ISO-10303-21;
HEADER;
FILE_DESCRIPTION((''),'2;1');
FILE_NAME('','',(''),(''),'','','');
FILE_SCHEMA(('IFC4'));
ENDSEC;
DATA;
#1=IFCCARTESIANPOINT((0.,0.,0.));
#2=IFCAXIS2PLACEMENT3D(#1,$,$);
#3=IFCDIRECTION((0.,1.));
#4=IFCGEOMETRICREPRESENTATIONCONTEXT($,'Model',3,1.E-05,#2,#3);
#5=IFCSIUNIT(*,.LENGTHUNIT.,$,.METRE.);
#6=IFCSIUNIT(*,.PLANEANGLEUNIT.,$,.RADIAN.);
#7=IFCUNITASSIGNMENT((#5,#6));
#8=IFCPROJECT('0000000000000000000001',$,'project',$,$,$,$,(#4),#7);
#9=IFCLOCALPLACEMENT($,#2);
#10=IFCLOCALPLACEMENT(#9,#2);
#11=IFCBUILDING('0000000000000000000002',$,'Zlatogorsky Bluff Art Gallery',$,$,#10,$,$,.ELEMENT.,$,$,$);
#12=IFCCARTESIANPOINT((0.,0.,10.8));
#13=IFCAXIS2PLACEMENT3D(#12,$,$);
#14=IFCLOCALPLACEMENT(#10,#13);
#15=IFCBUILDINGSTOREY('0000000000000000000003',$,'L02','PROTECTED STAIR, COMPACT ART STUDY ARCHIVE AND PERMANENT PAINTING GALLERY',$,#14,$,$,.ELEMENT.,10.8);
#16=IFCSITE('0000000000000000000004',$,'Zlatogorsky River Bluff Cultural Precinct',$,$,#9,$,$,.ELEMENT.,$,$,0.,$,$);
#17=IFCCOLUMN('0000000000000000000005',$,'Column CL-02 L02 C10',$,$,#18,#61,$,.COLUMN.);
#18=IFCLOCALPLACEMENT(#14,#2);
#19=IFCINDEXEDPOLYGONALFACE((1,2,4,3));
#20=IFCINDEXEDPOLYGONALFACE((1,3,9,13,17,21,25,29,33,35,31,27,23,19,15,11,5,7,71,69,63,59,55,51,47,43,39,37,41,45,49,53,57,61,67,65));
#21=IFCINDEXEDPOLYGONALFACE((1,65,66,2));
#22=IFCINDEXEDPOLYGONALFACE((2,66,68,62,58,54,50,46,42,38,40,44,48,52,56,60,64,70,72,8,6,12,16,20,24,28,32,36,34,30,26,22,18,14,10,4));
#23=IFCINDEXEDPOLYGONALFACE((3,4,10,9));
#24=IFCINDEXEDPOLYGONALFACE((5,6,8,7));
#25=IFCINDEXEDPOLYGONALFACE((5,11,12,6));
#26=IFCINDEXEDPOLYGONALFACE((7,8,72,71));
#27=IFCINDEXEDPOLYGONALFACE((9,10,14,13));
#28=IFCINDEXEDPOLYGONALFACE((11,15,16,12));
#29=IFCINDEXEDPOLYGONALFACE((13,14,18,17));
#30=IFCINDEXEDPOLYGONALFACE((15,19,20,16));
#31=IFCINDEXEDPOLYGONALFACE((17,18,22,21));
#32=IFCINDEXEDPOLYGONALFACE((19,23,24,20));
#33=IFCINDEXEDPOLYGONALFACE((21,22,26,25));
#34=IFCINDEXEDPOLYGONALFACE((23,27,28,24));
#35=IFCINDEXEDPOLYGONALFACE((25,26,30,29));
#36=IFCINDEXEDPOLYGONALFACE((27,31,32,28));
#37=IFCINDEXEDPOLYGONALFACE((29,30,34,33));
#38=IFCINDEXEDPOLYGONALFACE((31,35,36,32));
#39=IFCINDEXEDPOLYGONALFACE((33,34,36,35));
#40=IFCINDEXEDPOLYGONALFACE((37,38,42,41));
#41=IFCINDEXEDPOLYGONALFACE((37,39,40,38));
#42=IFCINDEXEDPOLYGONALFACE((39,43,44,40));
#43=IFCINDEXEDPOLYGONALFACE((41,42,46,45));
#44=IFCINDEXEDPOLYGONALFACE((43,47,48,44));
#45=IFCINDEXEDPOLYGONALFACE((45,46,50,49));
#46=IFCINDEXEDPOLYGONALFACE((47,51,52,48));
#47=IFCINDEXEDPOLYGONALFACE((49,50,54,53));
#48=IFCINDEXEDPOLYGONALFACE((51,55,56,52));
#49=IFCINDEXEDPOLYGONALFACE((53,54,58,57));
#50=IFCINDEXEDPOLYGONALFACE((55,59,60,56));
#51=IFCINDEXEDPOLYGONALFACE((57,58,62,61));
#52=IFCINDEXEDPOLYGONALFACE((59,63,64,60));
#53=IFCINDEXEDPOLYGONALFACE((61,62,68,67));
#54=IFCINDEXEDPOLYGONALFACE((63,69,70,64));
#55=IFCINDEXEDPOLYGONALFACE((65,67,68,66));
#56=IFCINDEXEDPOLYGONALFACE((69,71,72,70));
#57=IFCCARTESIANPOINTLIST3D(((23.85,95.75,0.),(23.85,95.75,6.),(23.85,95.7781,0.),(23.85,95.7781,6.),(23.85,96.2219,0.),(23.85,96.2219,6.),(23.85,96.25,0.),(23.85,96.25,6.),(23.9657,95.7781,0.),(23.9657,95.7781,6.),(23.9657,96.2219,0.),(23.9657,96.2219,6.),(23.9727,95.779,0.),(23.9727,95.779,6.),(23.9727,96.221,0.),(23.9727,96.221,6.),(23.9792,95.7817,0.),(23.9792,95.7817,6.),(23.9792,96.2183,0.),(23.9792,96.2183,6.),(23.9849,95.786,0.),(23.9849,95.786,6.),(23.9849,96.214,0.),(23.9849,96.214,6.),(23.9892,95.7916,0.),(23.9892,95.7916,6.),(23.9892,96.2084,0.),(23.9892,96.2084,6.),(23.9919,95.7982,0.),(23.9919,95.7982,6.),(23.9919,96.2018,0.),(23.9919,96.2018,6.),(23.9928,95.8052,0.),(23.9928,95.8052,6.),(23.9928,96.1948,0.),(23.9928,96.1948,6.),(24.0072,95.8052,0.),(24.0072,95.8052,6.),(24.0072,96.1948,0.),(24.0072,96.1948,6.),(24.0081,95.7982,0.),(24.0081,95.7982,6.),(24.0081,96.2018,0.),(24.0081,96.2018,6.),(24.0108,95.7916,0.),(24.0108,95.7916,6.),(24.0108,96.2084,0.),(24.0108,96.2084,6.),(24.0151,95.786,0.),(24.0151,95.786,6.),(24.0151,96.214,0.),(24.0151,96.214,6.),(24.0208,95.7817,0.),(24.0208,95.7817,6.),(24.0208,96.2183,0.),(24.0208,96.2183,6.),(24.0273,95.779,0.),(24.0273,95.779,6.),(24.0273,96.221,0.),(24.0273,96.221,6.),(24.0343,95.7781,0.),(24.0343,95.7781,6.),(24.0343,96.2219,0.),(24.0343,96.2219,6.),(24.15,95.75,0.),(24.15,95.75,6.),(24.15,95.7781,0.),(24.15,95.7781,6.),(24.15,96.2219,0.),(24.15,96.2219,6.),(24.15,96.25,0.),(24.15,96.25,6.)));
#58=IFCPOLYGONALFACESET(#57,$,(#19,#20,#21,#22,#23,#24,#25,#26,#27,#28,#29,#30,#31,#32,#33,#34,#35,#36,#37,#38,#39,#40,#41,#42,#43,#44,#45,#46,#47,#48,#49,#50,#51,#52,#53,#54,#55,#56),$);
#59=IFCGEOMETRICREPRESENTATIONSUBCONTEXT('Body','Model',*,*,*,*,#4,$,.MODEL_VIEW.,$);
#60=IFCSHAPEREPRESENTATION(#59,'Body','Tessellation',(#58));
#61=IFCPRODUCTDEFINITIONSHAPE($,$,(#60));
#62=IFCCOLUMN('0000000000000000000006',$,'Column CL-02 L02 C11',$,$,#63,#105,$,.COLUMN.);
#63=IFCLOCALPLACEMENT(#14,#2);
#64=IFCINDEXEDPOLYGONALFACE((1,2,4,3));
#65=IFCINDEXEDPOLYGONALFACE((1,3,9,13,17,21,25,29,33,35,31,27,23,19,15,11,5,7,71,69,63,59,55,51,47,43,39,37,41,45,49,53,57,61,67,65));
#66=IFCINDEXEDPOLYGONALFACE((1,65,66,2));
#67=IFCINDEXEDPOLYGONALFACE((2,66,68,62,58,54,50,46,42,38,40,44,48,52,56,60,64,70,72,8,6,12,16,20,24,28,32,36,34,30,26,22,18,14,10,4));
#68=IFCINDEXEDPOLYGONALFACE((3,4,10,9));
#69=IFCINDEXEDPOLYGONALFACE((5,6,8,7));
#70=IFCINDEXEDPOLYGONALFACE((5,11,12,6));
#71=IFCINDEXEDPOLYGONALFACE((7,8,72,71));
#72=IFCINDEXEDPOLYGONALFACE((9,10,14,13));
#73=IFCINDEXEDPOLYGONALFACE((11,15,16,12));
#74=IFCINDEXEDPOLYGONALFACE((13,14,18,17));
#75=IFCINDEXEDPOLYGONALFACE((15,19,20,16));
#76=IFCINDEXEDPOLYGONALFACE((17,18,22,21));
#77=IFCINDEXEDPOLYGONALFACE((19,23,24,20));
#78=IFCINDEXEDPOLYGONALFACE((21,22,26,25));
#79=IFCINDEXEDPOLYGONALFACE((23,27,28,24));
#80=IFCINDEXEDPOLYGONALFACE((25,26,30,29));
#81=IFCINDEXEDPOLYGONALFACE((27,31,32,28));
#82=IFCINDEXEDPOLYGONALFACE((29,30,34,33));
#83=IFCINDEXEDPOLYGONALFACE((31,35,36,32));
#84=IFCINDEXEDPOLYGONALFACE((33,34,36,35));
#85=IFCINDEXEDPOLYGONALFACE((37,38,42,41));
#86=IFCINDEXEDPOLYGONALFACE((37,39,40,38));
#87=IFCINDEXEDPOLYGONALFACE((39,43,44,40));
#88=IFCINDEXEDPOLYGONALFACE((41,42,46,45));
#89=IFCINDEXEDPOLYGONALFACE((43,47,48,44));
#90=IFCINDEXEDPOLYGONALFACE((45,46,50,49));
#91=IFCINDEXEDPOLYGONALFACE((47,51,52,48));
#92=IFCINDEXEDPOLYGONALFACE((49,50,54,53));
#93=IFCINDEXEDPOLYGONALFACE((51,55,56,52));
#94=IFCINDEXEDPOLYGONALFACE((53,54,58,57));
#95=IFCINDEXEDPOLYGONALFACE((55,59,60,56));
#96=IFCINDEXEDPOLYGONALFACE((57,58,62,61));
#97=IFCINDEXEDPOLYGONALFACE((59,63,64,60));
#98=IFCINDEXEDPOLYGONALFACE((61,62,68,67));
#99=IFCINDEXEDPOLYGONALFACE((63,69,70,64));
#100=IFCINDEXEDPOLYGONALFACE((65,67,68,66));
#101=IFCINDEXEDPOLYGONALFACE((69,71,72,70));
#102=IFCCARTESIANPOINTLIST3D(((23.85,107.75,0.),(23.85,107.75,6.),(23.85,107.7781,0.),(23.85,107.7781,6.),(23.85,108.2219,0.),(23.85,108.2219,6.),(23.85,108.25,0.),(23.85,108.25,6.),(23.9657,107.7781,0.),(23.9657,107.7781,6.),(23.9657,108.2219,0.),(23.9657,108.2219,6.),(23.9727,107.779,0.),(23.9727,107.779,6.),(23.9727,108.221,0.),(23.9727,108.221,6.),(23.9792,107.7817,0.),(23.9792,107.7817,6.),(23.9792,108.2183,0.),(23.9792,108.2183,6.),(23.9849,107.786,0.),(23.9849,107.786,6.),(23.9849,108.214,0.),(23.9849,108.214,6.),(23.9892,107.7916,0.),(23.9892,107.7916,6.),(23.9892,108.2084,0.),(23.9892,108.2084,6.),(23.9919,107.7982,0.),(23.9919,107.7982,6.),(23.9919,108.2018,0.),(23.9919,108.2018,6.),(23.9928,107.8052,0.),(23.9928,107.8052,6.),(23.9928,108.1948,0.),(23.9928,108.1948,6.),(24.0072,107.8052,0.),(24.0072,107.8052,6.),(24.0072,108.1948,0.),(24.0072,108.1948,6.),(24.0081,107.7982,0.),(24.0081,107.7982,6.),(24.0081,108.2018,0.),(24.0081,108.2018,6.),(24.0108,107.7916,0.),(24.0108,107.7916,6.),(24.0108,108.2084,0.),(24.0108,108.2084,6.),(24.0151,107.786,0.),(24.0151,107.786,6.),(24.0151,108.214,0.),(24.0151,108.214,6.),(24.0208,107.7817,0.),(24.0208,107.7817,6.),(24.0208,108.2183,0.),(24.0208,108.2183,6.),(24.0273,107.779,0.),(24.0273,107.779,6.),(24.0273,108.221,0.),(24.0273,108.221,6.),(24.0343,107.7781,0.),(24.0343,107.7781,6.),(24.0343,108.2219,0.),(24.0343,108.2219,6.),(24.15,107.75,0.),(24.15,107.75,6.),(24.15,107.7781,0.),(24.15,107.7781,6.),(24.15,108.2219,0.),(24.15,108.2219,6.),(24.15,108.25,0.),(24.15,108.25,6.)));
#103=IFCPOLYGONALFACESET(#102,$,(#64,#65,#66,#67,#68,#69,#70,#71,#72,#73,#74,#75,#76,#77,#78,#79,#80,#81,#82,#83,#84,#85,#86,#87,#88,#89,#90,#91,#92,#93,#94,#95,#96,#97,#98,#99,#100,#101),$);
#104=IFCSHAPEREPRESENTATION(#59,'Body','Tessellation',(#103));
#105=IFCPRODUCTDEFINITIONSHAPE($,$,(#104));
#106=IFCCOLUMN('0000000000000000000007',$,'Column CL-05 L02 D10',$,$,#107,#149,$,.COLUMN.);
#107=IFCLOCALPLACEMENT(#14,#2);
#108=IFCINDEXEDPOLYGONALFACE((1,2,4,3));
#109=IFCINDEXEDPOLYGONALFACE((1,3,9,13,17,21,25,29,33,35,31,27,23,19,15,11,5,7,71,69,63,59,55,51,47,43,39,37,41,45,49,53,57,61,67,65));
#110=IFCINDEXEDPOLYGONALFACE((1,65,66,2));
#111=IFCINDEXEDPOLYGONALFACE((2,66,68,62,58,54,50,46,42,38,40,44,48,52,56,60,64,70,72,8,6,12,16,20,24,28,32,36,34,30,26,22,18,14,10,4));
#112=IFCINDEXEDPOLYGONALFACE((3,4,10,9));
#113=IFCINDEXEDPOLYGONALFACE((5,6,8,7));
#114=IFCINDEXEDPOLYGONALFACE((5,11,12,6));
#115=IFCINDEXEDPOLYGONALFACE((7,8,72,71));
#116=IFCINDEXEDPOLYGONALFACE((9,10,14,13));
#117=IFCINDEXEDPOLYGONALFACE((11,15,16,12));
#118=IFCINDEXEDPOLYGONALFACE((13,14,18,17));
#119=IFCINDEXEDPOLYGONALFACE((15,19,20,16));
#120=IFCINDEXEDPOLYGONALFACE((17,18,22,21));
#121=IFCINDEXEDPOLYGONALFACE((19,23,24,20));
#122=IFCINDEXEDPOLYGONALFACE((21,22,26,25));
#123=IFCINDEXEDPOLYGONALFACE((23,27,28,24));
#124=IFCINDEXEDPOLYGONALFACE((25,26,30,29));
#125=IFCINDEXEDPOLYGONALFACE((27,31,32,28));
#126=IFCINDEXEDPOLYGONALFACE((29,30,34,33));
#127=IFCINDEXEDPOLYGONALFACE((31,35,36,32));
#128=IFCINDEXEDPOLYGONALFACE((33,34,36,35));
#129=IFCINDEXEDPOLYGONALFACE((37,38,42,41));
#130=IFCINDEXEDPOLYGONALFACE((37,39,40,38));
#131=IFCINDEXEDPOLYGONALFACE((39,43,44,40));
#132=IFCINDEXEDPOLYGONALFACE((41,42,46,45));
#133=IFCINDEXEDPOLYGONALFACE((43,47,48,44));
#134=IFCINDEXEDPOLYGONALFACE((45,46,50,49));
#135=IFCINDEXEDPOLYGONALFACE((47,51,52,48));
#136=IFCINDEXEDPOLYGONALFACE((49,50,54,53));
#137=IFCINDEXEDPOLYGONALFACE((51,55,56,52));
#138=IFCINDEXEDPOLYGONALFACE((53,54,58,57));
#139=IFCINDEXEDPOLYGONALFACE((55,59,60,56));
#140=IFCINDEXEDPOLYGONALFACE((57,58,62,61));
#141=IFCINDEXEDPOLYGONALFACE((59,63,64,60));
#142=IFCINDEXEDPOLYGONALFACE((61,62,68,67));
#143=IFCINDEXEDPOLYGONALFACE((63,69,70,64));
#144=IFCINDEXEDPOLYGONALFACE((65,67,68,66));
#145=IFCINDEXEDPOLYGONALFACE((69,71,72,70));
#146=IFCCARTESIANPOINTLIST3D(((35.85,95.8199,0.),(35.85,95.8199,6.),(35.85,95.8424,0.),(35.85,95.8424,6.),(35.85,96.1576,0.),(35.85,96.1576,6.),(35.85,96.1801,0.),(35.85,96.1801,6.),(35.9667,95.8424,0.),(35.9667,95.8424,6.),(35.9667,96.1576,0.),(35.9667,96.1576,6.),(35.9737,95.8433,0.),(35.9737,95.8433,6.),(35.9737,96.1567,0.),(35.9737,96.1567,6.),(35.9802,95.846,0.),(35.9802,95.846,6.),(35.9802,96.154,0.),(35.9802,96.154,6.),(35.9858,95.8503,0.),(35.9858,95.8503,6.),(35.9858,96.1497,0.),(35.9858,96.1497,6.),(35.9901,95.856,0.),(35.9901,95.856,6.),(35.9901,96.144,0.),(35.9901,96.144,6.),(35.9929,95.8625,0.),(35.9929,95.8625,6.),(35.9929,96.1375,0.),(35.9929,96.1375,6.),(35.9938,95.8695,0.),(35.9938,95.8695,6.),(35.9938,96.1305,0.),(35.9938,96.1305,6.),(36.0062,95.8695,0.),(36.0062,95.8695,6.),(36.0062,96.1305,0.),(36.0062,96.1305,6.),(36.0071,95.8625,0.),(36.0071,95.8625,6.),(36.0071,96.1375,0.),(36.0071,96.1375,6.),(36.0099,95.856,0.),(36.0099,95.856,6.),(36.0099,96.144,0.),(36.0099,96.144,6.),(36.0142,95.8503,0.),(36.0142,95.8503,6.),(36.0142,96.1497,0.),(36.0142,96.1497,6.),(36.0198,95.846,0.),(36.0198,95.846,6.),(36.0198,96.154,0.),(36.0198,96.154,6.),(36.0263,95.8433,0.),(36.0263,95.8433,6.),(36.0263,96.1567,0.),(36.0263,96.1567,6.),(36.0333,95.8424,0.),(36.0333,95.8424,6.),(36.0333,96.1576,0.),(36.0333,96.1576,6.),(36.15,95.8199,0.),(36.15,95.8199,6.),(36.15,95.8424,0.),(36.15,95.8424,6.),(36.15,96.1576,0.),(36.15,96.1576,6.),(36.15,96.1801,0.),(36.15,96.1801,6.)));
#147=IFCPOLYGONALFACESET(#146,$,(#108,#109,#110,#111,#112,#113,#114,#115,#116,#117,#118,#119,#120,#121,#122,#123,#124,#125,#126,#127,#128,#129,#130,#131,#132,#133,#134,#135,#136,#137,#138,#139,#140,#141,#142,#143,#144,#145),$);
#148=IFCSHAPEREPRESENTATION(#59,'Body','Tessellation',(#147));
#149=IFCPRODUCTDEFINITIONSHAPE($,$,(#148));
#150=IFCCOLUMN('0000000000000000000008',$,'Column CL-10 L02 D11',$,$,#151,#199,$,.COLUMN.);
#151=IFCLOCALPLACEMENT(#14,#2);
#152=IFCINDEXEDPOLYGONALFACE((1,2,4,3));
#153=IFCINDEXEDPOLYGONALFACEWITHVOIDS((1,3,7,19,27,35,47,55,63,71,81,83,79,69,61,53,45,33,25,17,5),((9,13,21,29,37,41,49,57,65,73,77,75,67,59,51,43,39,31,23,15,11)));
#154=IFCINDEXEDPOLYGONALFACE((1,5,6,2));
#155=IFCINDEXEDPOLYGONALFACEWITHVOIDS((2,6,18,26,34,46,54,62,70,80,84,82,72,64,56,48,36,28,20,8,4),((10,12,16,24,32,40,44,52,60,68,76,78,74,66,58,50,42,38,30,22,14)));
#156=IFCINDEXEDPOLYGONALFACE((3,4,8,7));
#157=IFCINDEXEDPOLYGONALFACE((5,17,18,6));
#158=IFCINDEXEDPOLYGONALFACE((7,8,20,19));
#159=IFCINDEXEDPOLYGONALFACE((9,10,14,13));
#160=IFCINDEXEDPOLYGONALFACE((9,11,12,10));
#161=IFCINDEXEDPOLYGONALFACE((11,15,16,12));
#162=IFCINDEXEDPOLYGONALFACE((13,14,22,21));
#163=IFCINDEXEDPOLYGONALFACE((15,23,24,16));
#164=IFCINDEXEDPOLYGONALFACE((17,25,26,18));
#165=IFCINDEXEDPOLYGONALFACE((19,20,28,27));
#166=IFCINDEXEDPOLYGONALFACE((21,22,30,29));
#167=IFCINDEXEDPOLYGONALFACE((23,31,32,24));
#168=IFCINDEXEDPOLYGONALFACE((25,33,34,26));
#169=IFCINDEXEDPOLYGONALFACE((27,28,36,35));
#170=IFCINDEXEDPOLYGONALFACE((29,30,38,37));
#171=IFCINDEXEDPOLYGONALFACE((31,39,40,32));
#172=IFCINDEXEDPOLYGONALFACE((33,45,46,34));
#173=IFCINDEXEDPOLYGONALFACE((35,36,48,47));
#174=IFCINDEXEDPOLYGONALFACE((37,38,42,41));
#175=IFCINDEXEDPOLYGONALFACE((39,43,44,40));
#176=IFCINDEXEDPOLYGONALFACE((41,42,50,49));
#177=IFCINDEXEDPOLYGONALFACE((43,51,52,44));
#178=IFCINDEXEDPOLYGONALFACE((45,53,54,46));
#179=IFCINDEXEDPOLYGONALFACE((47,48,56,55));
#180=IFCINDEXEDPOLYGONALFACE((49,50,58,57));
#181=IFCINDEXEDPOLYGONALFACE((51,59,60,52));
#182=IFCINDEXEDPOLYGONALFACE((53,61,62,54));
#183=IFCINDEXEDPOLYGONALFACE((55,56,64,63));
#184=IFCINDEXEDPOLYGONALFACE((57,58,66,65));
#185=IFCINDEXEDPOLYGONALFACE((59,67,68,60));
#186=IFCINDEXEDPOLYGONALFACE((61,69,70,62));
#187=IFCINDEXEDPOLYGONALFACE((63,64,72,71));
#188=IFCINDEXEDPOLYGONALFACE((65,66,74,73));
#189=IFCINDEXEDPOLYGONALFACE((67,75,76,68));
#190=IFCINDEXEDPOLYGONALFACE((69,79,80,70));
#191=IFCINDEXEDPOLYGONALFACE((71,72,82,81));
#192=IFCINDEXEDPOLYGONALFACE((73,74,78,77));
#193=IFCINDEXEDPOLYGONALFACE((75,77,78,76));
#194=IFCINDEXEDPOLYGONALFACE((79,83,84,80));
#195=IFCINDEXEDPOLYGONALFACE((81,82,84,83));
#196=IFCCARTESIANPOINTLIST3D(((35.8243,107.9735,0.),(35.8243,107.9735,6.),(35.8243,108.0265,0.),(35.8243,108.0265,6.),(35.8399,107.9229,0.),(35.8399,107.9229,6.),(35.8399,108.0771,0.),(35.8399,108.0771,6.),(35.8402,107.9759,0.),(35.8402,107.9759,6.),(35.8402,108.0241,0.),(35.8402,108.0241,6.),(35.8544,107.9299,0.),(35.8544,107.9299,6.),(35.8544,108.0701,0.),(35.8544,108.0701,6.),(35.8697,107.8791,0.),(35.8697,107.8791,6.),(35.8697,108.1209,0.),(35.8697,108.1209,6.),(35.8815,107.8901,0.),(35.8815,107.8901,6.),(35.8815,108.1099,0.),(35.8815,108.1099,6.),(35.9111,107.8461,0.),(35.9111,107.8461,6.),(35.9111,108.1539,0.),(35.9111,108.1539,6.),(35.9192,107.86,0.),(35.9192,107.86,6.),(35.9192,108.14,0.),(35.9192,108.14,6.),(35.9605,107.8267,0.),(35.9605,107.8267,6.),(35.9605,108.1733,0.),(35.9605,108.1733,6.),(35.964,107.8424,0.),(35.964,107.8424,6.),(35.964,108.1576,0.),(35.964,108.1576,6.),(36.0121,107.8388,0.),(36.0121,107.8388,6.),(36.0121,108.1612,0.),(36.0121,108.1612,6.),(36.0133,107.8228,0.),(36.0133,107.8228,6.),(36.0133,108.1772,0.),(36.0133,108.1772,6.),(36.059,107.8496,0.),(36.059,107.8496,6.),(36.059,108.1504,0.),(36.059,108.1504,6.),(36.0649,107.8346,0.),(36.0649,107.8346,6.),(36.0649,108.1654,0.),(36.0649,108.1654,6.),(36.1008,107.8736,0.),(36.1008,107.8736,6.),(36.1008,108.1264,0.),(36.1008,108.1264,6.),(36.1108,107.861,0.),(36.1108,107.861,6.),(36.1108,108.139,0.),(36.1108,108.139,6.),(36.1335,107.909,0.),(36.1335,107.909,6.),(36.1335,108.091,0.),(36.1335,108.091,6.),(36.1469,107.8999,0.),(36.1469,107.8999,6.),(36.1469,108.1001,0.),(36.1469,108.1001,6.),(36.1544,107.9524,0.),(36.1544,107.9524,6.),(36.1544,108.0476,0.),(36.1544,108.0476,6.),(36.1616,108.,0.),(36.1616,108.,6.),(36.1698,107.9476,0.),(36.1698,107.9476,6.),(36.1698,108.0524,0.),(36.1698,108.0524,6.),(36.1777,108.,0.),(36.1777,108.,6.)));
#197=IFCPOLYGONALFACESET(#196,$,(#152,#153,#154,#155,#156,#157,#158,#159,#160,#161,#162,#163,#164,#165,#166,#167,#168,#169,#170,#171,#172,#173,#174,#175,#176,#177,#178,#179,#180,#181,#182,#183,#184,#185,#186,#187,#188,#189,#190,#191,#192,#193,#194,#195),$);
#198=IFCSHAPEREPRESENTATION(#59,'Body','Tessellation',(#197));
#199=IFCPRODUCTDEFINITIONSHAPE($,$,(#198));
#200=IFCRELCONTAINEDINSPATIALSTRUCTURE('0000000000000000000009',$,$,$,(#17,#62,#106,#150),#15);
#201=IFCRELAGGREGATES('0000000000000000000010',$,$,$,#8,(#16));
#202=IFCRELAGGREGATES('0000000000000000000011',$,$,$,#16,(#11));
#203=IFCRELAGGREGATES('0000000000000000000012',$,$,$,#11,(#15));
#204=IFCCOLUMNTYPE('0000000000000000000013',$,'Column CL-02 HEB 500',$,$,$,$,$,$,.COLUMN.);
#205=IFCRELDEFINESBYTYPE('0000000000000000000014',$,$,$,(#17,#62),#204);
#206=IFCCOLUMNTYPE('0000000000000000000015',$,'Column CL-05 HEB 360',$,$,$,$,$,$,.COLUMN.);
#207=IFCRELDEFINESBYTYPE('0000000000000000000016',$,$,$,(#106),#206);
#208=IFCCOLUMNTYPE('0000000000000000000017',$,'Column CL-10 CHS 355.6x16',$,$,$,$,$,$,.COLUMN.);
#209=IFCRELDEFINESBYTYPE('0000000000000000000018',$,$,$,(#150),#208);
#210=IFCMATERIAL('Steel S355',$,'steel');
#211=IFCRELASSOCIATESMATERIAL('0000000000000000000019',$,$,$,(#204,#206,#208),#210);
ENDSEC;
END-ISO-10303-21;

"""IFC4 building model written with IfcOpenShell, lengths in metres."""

from ifc_helpers import new_model, si_unit, direction, frame, origin, origin_2d, place, context, subcontext, project, spatial, hollow_circle, i_section, extrude, material, material_profile, profile_set, type_object, element, save


model = new_model("IFC4")

# Units and contexts
model_context = context("Model", 3, precision=1e-05, world=origin(), true_north=direction((0.0, 1.0)))
body_context = subcontext(model_context, "Body", "Model", "MODEL_VIEW")
ifc_project = project(units=[si_unit("LENGTHUNIT", "METRE"), si_unit("PLANEANGLEUNIT", "RADIAN")], contexts=[model_context])

# Site, building, storey
site_placement = place(None, origin())
site = spatial("IfcSite", under=ifc_project, at=site_placement, Name="Zlatogorsky River Bluff Cultural Precinct", CompositionType="ELEMENT", RefElevation=0.0)
building_placement = place(site_placement, origin())
building = spatial("IfcBuilding", under=site, at=building_placement, Name="Zlatogorsky Bluff Art Gallery", CompositionType="ELEMENT")
storey_placement = place(building_placement, frame((0.0, 0.0, 10.8)))
storey = spatial("IfcBuildingStorey", under=building, at=storey_placement, Name="L02", Description="PROTECTED STAIR, COMPACT ART STUDY ARCHIVE AND PERMANENT PAINTING GALLERY", CompositionType="ELEMENT", Elevation=10.8)

# Columns
ifc_material_1 = material(Name="Steel S355", Category="steel")
ifc_material_profile_1 = material_profile(ifc_material_1, i_section(OverallWidth=0.3, OverallDepth=0.5, WebThickness=0.0144, FlangeThickness=0.0281, FilletRadius=0.0271, at=origin_2d()), Name="HEB 500")
ifc_profile_set_1 = profile_set([ifc_material_profile_1], Name="Steel S355")
column_type_1 = type_object("IfcColumnType", Name="Column CL-02 HEB 500", PredefinedType="COLUMN", material=ifc_profile_set_1)
for number, where, z_axis, x_axis, name in (
    (1, (24.0, 96.0, 0.0), (0.0, 0.0, 1.0), (1.0, 0.0, 0.0), "Column CL-02 L02 C10"),
    (2, (24.0, 108.0, 0.0), (0.0, 0.0, 1.0), (1.0, 0.0, 0.0), "Column CL-02 L02 C11"),
):
    element("IfcColumn", number, at=place(storey_placement, frame(where, z_axis=z_axis, x_axis=x_axis)), inside=storey, type_object=column_type_1, Name=name, PredefinedType="COLUMN", context=body_context, shape_type="SweptSolid", body=[
        extrude(i_section(OverallWidth=0.3, OverallDepth=0.5, WebThickness=0.0144, FlangeThickness=0.0281, FilletRadius=0.0271, at=origin_2d()), origin(), (0.0, 0.0, 1.0), 6.0),
    ])
ifc_material_profile_2 = material_profile(ifc_material_1, i_section(OverallWidth=0.3, OverallDepth=0.3601, WebThickness=0.0125, FlangeThickness=0.0225, FilletRadius=0.0271, at=origin_2d()), Name="HEB 360")
ifc_profile_set_2 = profile_set([ifc_material_profile_2], Name="Steel S355")
column_type_2 = type_object("IfcColumnType", Name="Column CL-05 HEB 360", PredefinedType="COLUMN", material=ifc_profile_set_2)
column_1_placement = place(storey_placement, frame((36.0, 96.0, 0.0), z_axis=(0.0, 0.0, 1.0), x_axis=(1.0, 0.0, 0.0)))
element("IfcColumn", 3, at=column_1_placement, inside=storey, type_object=column_type_2, Name="Column CL-05 L02 D10", PredefinedType="COLUMN", context=body_context, shape_type="SweptSolid", body=[
    extrude(i_section(OverallWidth=0.3, OverallDepth=0.3601, WebThickness=0.0125, FlangeThickness=0.0225, FilletRadius=0.0271, at=origin_2d()), origin(), (0.0, 0.0, 1.0), 6.0),
])
ifc_material_profile_3 = material_profile(ifc_material_1, hollow_circle(Radius=0.1777, WallThickness=0.0161, at=origin_2d()), Name="CHS 355.6x16")
ifc_profile_set_3 = profile_set([ifc_material_profile_3], Name="Steel S355")
column_type_3 = type_object("IfcColumnType", Name="Column CL-10 CHS 355.6x16", PredefinedType="COLUMN", material=ifc_profile_set_3)
column_2_placement = place(storey_placement, frame((36.0, 108.0, 0.0), z_axis=(0.0, 0.0, 1.0), x_axis=(1.0, 0.0, 0.0)))
element("IfcColumn", 4, at=column_2_placement, inside=storey, type_object=column_type_3, Name="Column CL-10 L02 D11", PredefinedType="COLUMN", context=body_context, shape_type="SweptSolid", body=[
    extrude(hollow_circle(Radius=0.1777, WallThickness=0.0161, at=origin_2d()), origin(), (0.0, 0.0, 1.0), 6.0),
])

save(model, "model.ifc")
